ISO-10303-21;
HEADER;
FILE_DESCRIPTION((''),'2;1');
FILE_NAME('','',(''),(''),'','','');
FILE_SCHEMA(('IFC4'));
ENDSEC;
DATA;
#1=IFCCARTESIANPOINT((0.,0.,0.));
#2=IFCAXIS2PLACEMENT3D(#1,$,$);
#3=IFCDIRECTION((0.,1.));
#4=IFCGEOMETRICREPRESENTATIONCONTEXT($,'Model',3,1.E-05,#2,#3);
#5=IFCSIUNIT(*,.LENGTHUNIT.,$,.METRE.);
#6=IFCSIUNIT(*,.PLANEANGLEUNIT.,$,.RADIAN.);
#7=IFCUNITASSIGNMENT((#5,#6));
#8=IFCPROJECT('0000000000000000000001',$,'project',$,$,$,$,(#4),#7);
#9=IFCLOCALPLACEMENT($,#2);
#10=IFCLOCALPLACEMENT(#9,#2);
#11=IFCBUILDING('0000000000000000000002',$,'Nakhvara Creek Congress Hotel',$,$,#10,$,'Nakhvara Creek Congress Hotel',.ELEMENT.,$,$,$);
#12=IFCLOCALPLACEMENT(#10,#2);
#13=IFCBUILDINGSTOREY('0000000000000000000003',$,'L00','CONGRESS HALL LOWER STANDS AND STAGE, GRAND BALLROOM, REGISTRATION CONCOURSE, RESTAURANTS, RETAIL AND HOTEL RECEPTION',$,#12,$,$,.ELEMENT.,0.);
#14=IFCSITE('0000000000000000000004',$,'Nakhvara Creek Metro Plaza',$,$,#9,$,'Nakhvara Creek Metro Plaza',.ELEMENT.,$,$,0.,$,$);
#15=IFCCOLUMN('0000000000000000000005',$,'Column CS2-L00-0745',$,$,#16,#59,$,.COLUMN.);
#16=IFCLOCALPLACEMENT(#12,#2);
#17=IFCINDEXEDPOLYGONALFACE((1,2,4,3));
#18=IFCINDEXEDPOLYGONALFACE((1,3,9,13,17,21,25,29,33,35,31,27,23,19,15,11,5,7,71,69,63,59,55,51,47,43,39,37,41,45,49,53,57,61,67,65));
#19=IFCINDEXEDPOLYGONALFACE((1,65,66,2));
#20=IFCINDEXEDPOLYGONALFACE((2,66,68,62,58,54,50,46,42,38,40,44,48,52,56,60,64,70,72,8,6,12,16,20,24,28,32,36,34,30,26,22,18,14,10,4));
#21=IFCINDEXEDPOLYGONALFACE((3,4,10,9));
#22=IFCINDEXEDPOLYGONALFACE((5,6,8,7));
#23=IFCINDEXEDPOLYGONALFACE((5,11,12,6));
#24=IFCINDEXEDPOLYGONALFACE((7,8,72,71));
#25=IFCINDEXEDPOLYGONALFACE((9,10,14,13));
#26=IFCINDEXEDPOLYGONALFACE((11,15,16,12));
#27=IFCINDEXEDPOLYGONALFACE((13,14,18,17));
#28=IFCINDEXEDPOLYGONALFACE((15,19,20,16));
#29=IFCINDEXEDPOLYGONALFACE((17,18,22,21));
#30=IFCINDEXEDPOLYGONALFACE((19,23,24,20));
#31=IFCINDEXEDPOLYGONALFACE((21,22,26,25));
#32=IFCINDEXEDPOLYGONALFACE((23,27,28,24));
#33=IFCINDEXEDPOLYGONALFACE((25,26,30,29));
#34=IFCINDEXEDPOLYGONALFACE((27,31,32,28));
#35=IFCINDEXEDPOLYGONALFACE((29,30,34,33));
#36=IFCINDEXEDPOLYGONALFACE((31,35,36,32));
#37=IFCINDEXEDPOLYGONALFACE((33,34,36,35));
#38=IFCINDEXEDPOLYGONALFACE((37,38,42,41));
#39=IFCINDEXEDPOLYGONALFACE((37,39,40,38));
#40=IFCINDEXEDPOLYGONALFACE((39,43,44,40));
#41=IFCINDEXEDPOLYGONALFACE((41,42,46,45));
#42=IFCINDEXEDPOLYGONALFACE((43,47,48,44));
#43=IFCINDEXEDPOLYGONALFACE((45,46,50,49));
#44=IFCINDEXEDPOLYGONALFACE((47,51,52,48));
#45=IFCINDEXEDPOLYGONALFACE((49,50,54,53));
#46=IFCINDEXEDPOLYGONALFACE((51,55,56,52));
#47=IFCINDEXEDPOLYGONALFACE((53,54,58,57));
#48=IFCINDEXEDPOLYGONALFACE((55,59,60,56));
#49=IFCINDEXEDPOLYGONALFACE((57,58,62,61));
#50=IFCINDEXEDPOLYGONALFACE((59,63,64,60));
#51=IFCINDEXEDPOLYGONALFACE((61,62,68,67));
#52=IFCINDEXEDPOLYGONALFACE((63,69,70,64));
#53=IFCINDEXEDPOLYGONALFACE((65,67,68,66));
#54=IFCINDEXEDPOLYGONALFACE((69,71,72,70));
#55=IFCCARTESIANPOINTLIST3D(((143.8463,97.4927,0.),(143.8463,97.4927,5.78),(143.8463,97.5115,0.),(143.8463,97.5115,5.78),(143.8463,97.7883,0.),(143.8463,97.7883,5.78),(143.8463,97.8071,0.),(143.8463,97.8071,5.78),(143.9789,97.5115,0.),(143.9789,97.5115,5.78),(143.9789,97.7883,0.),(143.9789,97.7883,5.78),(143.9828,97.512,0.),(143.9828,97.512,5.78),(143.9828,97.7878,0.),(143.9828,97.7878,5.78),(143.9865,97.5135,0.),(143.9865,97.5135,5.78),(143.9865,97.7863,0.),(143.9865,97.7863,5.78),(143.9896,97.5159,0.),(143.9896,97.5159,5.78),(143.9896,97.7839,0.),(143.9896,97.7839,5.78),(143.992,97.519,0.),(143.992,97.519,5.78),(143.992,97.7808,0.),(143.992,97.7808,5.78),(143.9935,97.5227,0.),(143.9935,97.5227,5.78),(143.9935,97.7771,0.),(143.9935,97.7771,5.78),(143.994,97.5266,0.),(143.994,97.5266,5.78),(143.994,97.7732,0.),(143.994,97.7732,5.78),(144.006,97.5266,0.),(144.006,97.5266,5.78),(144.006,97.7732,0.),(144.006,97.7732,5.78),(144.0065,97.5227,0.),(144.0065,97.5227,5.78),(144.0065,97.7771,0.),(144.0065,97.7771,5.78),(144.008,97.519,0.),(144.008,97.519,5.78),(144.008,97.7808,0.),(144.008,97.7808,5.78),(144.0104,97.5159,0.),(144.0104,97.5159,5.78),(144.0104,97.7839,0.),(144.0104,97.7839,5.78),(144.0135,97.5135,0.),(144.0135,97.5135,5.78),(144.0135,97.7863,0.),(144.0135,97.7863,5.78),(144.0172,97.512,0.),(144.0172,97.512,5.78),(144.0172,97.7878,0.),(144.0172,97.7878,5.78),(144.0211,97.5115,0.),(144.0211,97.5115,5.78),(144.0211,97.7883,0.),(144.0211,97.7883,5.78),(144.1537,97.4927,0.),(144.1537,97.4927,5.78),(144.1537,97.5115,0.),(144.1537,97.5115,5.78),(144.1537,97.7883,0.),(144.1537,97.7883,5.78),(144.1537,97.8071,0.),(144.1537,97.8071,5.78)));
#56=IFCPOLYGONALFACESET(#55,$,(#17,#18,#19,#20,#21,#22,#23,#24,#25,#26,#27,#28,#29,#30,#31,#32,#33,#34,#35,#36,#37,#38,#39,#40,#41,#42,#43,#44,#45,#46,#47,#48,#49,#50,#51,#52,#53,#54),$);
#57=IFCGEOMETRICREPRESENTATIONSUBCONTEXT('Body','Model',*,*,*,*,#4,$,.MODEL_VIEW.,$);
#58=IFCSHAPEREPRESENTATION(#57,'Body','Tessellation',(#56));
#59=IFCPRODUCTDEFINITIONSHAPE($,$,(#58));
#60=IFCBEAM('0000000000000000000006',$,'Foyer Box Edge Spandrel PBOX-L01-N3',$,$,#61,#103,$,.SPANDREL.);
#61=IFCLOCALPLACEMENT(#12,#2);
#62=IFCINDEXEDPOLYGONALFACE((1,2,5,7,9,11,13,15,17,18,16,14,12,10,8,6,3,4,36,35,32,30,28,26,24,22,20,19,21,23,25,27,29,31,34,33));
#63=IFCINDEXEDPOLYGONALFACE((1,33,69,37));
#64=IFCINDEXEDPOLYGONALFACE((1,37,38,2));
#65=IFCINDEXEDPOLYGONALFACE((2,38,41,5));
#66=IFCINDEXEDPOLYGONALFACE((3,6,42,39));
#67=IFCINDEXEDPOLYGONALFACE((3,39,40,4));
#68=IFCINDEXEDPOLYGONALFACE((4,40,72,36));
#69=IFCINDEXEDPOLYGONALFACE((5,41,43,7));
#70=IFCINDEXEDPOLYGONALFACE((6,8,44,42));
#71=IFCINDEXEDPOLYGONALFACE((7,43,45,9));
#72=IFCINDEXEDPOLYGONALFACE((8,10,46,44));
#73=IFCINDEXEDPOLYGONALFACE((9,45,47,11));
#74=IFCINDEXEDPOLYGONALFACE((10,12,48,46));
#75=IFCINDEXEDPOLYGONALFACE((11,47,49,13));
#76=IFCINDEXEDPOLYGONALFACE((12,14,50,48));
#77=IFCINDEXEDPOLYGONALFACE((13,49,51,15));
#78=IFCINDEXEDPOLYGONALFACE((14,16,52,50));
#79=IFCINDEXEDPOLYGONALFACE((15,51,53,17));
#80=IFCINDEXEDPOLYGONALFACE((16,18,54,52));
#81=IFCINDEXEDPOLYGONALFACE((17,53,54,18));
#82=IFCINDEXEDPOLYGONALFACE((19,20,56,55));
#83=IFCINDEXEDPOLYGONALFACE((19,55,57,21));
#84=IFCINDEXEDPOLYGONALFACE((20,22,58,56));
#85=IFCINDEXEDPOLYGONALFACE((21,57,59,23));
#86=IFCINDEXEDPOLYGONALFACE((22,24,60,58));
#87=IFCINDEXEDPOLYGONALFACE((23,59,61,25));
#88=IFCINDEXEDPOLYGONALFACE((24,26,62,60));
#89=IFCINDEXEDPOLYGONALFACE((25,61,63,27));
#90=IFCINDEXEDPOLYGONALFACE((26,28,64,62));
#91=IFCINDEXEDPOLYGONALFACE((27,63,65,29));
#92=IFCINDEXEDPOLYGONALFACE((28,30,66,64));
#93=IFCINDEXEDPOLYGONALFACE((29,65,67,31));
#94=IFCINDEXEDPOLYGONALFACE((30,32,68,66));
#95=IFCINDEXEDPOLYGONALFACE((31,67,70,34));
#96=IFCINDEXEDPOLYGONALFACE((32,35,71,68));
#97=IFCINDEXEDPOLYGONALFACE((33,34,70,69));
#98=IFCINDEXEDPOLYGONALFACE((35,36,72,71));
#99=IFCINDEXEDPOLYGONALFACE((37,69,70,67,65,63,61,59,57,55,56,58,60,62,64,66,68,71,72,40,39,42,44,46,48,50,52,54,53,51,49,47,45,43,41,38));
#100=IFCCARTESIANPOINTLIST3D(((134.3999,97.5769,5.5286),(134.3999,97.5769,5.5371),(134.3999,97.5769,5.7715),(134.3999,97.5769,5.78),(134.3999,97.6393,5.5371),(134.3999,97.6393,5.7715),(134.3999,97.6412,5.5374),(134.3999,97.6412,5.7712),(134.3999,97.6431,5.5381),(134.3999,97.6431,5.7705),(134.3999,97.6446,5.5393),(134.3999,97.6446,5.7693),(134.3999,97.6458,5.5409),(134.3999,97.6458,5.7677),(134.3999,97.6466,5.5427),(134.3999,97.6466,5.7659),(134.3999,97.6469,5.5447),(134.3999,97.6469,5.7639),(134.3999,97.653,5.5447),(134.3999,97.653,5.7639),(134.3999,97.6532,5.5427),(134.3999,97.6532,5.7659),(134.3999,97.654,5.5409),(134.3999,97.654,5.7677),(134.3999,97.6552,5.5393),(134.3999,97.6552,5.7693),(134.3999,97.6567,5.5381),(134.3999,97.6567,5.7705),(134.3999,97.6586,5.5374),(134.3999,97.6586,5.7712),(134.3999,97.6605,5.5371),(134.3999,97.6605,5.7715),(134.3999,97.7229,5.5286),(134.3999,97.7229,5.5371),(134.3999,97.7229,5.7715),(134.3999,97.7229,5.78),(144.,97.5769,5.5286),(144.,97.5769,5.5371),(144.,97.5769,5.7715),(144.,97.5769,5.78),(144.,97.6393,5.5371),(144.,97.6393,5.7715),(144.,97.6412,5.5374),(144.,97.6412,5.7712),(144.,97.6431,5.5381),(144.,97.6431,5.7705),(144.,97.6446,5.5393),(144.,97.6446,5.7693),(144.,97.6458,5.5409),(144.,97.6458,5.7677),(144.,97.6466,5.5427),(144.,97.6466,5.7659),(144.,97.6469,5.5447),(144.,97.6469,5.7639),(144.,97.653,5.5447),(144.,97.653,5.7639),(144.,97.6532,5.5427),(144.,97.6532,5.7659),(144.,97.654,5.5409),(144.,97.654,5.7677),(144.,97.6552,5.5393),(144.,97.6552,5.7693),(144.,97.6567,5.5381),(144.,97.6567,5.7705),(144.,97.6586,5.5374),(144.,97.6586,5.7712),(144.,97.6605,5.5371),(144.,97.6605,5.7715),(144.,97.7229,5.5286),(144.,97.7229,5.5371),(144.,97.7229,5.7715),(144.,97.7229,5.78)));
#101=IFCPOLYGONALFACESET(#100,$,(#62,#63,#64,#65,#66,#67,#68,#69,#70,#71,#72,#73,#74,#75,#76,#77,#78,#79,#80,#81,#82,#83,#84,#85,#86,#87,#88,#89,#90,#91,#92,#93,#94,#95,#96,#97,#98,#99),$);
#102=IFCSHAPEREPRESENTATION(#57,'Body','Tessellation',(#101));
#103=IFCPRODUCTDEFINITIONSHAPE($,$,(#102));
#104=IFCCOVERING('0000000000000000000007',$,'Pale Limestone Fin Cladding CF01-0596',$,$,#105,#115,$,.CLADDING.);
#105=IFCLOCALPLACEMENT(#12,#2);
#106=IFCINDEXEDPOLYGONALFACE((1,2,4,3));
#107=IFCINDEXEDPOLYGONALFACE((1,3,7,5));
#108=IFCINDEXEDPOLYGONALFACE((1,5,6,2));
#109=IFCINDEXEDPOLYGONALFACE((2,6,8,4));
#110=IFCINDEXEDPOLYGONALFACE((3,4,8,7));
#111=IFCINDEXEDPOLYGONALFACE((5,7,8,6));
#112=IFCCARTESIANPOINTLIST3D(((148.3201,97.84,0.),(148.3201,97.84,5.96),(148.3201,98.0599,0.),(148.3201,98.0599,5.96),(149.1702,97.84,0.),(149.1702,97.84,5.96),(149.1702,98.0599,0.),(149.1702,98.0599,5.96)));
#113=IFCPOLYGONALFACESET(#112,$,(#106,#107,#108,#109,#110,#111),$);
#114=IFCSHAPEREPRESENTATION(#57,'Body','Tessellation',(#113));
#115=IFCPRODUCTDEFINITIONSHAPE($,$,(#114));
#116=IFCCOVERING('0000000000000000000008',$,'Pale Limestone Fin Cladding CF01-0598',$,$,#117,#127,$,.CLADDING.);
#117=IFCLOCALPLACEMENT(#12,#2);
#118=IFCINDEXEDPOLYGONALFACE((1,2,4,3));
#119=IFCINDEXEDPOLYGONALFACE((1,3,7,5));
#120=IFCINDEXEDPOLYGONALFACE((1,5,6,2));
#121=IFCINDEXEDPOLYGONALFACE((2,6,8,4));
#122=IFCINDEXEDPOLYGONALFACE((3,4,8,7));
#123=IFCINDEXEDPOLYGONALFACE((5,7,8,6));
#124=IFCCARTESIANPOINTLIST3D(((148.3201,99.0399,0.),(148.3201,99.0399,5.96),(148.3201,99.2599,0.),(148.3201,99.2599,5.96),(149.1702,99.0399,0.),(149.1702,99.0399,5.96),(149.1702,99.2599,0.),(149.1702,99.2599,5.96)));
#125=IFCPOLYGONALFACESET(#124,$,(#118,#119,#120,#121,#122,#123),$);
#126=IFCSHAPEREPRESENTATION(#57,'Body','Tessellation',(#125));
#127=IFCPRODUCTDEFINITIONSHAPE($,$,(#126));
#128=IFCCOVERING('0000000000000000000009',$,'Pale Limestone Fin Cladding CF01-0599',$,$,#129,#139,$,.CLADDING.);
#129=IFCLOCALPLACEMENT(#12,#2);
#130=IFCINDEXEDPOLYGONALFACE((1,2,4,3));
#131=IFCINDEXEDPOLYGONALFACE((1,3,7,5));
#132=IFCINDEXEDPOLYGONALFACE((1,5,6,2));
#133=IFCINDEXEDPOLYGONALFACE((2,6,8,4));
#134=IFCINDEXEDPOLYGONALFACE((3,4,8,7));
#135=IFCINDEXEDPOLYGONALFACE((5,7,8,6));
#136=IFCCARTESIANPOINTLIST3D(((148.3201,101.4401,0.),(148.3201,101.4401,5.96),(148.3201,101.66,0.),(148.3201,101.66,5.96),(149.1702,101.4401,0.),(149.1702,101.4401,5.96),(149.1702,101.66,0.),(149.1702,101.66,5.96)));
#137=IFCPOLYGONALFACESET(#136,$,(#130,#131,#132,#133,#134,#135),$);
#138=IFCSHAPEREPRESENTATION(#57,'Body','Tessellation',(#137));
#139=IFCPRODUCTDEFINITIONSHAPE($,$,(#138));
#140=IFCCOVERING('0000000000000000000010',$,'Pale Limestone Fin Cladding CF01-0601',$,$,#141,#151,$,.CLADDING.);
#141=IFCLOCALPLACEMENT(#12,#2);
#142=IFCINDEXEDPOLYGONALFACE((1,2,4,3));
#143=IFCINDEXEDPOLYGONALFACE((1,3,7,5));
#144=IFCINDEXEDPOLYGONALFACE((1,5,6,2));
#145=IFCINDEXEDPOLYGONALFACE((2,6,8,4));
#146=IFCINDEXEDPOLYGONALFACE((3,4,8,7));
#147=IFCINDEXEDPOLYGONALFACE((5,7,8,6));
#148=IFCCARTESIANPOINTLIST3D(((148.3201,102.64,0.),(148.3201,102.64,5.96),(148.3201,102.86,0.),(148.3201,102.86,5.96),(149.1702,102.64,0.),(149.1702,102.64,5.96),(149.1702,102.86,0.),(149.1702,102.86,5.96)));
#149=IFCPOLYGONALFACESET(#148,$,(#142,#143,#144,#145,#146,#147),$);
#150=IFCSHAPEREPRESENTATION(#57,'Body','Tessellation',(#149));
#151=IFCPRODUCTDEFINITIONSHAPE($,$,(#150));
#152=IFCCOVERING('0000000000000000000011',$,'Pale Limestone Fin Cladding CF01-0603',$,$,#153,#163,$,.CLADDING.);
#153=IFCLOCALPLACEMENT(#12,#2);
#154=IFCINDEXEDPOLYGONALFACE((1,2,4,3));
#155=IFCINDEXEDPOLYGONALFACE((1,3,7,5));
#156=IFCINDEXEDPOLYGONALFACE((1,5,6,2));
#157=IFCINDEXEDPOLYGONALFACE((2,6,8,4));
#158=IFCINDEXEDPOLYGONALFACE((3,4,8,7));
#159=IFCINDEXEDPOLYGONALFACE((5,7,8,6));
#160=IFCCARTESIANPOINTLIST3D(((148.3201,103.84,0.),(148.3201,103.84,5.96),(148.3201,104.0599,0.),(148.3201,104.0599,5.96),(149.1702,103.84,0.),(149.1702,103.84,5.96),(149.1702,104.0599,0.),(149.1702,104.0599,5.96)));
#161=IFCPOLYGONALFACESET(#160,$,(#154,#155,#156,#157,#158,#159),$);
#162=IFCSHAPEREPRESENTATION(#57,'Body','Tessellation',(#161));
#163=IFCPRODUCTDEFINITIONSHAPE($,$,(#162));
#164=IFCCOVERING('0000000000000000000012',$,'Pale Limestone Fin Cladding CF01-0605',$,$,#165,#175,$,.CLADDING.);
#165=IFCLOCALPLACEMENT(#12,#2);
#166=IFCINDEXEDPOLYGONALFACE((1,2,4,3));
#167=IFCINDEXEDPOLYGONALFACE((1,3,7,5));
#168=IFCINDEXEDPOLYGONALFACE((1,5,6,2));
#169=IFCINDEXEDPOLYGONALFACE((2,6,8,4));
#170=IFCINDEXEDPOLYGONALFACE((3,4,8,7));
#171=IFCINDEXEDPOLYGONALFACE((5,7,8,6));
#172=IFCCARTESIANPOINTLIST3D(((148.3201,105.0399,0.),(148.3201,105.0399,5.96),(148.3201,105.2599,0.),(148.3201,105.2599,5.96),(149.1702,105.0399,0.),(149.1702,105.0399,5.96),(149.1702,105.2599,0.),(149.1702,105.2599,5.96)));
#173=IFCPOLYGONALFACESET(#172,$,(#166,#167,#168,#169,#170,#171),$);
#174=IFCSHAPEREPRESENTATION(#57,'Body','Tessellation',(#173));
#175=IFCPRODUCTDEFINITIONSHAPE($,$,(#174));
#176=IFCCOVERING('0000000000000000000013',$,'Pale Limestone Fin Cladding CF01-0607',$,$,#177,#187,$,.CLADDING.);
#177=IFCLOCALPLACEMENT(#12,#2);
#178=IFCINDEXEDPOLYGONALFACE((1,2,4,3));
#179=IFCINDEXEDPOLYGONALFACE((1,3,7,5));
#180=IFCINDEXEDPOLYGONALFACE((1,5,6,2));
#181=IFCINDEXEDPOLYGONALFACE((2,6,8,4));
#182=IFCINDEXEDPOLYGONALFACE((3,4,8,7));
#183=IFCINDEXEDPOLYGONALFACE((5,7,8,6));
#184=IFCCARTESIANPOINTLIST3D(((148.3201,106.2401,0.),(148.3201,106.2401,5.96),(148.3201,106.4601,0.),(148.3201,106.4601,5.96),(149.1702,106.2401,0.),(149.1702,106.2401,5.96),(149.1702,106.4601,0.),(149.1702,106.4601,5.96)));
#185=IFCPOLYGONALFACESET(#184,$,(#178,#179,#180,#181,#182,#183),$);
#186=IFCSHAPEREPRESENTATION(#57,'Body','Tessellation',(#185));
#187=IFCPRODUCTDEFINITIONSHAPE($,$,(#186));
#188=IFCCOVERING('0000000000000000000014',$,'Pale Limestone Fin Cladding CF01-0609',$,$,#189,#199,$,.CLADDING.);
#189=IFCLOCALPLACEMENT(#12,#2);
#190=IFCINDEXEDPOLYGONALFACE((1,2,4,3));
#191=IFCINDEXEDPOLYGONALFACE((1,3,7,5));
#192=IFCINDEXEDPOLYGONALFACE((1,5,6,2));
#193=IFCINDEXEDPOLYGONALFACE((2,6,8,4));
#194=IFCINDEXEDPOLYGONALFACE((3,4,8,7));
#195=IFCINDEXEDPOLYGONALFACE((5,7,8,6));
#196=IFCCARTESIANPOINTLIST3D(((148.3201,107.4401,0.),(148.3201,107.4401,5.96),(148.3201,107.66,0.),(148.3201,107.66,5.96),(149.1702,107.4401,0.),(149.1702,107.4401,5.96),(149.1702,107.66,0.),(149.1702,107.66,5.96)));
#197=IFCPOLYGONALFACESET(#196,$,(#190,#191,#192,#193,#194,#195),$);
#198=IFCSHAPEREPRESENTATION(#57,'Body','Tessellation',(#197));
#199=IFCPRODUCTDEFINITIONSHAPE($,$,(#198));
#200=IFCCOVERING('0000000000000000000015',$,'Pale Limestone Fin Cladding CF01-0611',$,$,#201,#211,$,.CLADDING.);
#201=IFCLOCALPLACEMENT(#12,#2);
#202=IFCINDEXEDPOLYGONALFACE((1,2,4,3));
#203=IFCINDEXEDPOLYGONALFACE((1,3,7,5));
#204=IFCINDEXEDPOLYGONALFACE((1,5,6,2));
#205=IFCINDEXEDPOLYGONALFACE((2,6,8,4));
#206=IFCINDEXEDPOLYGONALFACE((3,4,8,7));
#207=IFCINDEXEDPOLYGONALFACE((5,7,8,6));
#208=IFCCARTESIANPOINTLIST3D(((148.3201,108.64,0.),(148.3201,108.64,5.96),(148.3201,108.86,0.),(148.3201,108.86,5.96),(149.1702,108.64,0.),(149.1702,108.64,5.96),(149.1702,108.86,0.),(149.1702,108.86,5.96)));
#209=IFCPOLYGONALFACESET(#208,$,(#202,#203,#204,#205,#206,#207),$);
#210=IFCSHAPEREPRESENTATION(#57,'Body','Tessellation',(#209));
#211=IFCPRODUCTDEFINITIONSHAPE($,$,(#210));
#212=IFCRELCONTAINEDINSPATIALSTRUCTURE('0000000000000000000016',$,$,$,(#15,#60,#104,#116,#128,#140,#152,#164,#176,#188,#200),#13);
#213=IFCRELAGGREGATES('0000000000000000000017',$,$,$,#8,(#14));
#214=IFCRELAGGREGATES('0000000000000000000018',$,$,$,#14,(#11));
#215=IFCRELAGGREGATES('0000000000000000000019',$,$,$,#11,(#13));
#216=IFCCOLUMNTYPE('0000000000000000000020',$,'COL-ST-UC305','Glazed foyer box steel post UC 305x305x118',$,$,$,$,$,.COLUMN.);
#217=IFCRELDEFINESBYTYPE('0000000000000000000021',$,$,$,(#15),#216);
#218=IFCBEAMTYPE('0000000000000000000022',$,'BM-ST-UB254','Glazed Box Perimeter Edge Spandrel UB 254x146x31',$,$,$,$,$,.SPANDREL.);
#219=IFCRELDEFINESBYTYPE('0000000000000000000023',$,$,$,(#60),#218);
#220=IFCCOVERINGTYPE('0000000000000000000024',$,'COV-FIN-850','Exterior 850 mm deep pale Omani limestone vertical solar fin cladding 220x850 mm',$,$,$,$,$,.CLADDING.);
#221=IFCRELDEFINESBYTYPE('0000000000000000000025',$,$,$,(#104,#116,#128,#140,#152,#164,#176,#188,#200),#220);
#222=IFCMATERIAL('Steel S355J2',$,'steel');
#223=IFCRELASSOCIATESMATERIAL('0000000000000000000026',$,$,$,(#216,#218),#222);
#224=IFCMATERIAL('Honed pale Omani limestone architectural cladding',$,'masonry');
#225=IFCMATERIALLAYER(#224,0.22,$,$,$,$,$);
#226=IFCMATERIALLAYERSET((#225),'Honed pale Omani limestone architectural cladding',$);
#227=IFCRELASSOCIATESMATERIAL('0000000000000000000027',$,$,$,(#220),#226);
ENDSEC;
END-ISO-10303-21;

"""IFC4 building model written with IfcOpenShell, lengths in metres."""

from ifc_helpers import new_model, si_unit, direction, frame, origin, origin_2d, place, context, subcontext, project, spatial, rectangle, i_section, extrude, material, layer, layer_set, material_profile, profile_set, type_object, element, save


model = new_model("IFC4")

# Units and contexts
model_context = context("Model", 3, precision=1e-05, world=origin(), true_north=direction((0.0, 1.0)))
body_context = subcontext(model_context, "Body", "Model", "MODEL_VIEW")
ifc_project = project(units=[si_unit("LENGTHUNIT", "METRE"), si_unit("PLANEANGLEUNIT", "RADIAN")], contexts=[model_context])

# Site, building, storey
site_placement = place(None, origin())
site = spatial("IfcSite", under=ifc_project, at=site_placement, Name="Nakhvara Creek Metro Plaza", LongName="Nakhvara Creek Metro Plaza", CompositionType="ELEMENT", RefElevation=0.0)
building_placement = place(site_placement, origin())
building = spatial("IfcBuilding", under=site, at=building_placement, Name="Nakhvara Creek Congress Hotel", LongName="Nakhvara Creek Congress Hotel", CompositionType="ELEMENT")
storey_placement = place(building_placement, origin())
storey = spatial("IfcBuildingStorey", under=building, at=storey_placement, Name="L00", Description="CONGRESS HALL LOWER STANDS AND STAGE, GRAND BALLROOM, REGISTRATION CONCOURSE, RESTAURANTS, RETAIL AND HOTEL RECEPTION", CompositionType="ELEMENT", Elevation=0.0)

# Column
ifc_material_1 = material(Name="Steel S355J2", Category="steel")
ifc_material_profile_1 = material_profile(ifc_material_1, i_section(OverallWidth=0.3074, OverallDepth=0.3145, WebThickness=0.012, FlangeThickness=0.0188, FilletRadius=0.0151, at=origin_2d()), Name="UC 305x305x118", Category="LoadBearing")
ifc_profile_set_1 = profile_set([ifc_material_profile_1], Name="Steel S355J2")
column_type = type_object("IfcColumnType", Name="COL-ST-UC305", Description="Glazed foyer box steel post UC 305x305x118", PredefinedType="COLUMN", material=ifc_profile_set_1)
column_placement = place(storey_placement, frame((144.0, 97.6499, 0.0), z_axis=(0.0, 0.0, 1.0), x_axis=(1.0, 0.0, 0.0)))
element("IfcColumn", 1, at=column_placement, inside=storey, type_object=column_type, Name="Column CS2-L00-0745", PredefinedType="COLUMN", context=body_context, shape_type="SweptSolid", body=[
    extrude(i_section(OverallWidth=0.3074, OverallDepth=0.3145, WebThickness=0.012, FlangeThickness=0.0188, FilletRadius=0.0151, at=origin_2d()), origin(), (0.0, 0.0, 1.0), 5.78),
])

# Beam
ifc_material_profile_2 = material_profile(ifc_material_1, i_section(OverallWidth=0.146, OverallDepth=0.2515, WebThickness=0.0061, FlangeThickness=0.0085, FilletRadius=0.0076, at=origin_2d()), Name="UB 254x146x31", Category="LoadBearing")
ifc_profile_set_2 = profile_set([ifc_material_profile_2], Name="Steel S355J2")
beam_type = type_object("IfcBeamType", Name="BM-ST-UB254", Description="Glazed Box Perimeter Edge Spandrel UB 254x146x31", PredefinedType="SPANDREL", material=ifc_profile_set_2)
beam_placement = place(storey_placement, frame((134.3999, 97.6499, 5.6543), z_axis=(1.0, 0.0, 0.0), x_axis=(0.0, 1.0, 0.0)))
element("IfcBeam", 2, at=beam_placement, inside=storey, type_object=beam_type, Name="Foyer Box Edge Spandrel PBOX-L01-N3", PredefinedType="SPANDREL", context=body_context, shape_type="SweptSolid", body=[
    extrude(i_section(OverallWidth=0.146, OverallDepth=0.2515, WebThickness=0.0061, FlangeThickness=0.0085, FilletRadius=0.0076, at=origin_2d()), origin(), (0.0, 0.0, 1.0), 9.6001),
])

# Coverings
ifc_material_2 = material(Name="Honed pale Omani limestone architectural cladding", Category="masonry")
ifc_layer_1 = layer(ifc_material_2, 0.22)
ifc_layer_set_1 = layer_set([ifc_layer_1], Name="Honed pale Omani limestone architectural cladding")
covering_type_1 = type_object("IfcCoveringType", Name="COV-FIN-850", Description="Exterior 850 mm deep pale Omani limestone vertical solar fin cladding 220x850 mm", PredefinedType="CLADDING", material=ifc_layer_set_1)
for number, where, z_axis, x_axis, name in (
    (3, (148.7451, 97.95, 0.0), (0.0, 0.0, 1.0), (0.0, 1.0, 0.0), "Pale Limestone Fin Cladding CF01-0596"),
    (4, (148.7451, 99.1499, 0.0), (0.0, 0.0, 1.0), (0.0, 1.0, 0.0), "Pale Limestone Fin Cladding CF01-0598"),
    (5, (148.7451, 101.55, 0.0), (0.0, 0.0, 1.0), (0.0, 1.0, 0.0), "Pale Limestone Fin Cladding CF01-0599"),
    (6, (148.7451, 102.75, 0.0), (0.0, 0.0, 1.0), (0.0, 1.0, 0.0), "Pale Limestone Fin Cladding CF01-0601"),
    (7, (148.7451, 103.95, 0.0), (0.0, 0.0, 1.0), (0.0, 1.0, 0.0), "Pale Limestone Fin Cladding CF01-0603"),
    (8, (148.7451, 105.1499, 0.0), (0.0, 0.0, 1.0), (0.0, 1.0, 0.0), "Pale Limestone Fin Cladding CF01-0605"),
    (9, (148.7451, 106.3501, 0.0), (0.0, 0.0, 1.0), (0.0, 1.0, 0.0), "Pale Limestone Fin Cladding CF01-0607"),
    (10, (148.7451, 107.55, 0.0), (0.0, 0.0, 1.0), (0.0, 1.0, 0.0), "Pale Limestone Fin Cladding CF01-0609"),
    (11, (148.7451, 108.75, 0.0), (0.0, 0.0, 1.0), (0.0, 1.0, 0.0), "Pale Limestone Fin Cladding CF01-0611"),
):
    element("IfcCovering", number, at=place(storey_placement, frame(where, z_axis=z_axis, x_axis=x_axis)), inside=storey, type_object=covering_type_1, Name=name, PredefinedType="CLADDING", context=body_context, shape_type="SweptSolid", body=[
        extrude(rectangle(XDim=0.22, YDim=0.8501, at=origin_2d()), origin(), (0.0, 0.0, 1.0), 5.96),
    ])

save(model, "model.ifc")
